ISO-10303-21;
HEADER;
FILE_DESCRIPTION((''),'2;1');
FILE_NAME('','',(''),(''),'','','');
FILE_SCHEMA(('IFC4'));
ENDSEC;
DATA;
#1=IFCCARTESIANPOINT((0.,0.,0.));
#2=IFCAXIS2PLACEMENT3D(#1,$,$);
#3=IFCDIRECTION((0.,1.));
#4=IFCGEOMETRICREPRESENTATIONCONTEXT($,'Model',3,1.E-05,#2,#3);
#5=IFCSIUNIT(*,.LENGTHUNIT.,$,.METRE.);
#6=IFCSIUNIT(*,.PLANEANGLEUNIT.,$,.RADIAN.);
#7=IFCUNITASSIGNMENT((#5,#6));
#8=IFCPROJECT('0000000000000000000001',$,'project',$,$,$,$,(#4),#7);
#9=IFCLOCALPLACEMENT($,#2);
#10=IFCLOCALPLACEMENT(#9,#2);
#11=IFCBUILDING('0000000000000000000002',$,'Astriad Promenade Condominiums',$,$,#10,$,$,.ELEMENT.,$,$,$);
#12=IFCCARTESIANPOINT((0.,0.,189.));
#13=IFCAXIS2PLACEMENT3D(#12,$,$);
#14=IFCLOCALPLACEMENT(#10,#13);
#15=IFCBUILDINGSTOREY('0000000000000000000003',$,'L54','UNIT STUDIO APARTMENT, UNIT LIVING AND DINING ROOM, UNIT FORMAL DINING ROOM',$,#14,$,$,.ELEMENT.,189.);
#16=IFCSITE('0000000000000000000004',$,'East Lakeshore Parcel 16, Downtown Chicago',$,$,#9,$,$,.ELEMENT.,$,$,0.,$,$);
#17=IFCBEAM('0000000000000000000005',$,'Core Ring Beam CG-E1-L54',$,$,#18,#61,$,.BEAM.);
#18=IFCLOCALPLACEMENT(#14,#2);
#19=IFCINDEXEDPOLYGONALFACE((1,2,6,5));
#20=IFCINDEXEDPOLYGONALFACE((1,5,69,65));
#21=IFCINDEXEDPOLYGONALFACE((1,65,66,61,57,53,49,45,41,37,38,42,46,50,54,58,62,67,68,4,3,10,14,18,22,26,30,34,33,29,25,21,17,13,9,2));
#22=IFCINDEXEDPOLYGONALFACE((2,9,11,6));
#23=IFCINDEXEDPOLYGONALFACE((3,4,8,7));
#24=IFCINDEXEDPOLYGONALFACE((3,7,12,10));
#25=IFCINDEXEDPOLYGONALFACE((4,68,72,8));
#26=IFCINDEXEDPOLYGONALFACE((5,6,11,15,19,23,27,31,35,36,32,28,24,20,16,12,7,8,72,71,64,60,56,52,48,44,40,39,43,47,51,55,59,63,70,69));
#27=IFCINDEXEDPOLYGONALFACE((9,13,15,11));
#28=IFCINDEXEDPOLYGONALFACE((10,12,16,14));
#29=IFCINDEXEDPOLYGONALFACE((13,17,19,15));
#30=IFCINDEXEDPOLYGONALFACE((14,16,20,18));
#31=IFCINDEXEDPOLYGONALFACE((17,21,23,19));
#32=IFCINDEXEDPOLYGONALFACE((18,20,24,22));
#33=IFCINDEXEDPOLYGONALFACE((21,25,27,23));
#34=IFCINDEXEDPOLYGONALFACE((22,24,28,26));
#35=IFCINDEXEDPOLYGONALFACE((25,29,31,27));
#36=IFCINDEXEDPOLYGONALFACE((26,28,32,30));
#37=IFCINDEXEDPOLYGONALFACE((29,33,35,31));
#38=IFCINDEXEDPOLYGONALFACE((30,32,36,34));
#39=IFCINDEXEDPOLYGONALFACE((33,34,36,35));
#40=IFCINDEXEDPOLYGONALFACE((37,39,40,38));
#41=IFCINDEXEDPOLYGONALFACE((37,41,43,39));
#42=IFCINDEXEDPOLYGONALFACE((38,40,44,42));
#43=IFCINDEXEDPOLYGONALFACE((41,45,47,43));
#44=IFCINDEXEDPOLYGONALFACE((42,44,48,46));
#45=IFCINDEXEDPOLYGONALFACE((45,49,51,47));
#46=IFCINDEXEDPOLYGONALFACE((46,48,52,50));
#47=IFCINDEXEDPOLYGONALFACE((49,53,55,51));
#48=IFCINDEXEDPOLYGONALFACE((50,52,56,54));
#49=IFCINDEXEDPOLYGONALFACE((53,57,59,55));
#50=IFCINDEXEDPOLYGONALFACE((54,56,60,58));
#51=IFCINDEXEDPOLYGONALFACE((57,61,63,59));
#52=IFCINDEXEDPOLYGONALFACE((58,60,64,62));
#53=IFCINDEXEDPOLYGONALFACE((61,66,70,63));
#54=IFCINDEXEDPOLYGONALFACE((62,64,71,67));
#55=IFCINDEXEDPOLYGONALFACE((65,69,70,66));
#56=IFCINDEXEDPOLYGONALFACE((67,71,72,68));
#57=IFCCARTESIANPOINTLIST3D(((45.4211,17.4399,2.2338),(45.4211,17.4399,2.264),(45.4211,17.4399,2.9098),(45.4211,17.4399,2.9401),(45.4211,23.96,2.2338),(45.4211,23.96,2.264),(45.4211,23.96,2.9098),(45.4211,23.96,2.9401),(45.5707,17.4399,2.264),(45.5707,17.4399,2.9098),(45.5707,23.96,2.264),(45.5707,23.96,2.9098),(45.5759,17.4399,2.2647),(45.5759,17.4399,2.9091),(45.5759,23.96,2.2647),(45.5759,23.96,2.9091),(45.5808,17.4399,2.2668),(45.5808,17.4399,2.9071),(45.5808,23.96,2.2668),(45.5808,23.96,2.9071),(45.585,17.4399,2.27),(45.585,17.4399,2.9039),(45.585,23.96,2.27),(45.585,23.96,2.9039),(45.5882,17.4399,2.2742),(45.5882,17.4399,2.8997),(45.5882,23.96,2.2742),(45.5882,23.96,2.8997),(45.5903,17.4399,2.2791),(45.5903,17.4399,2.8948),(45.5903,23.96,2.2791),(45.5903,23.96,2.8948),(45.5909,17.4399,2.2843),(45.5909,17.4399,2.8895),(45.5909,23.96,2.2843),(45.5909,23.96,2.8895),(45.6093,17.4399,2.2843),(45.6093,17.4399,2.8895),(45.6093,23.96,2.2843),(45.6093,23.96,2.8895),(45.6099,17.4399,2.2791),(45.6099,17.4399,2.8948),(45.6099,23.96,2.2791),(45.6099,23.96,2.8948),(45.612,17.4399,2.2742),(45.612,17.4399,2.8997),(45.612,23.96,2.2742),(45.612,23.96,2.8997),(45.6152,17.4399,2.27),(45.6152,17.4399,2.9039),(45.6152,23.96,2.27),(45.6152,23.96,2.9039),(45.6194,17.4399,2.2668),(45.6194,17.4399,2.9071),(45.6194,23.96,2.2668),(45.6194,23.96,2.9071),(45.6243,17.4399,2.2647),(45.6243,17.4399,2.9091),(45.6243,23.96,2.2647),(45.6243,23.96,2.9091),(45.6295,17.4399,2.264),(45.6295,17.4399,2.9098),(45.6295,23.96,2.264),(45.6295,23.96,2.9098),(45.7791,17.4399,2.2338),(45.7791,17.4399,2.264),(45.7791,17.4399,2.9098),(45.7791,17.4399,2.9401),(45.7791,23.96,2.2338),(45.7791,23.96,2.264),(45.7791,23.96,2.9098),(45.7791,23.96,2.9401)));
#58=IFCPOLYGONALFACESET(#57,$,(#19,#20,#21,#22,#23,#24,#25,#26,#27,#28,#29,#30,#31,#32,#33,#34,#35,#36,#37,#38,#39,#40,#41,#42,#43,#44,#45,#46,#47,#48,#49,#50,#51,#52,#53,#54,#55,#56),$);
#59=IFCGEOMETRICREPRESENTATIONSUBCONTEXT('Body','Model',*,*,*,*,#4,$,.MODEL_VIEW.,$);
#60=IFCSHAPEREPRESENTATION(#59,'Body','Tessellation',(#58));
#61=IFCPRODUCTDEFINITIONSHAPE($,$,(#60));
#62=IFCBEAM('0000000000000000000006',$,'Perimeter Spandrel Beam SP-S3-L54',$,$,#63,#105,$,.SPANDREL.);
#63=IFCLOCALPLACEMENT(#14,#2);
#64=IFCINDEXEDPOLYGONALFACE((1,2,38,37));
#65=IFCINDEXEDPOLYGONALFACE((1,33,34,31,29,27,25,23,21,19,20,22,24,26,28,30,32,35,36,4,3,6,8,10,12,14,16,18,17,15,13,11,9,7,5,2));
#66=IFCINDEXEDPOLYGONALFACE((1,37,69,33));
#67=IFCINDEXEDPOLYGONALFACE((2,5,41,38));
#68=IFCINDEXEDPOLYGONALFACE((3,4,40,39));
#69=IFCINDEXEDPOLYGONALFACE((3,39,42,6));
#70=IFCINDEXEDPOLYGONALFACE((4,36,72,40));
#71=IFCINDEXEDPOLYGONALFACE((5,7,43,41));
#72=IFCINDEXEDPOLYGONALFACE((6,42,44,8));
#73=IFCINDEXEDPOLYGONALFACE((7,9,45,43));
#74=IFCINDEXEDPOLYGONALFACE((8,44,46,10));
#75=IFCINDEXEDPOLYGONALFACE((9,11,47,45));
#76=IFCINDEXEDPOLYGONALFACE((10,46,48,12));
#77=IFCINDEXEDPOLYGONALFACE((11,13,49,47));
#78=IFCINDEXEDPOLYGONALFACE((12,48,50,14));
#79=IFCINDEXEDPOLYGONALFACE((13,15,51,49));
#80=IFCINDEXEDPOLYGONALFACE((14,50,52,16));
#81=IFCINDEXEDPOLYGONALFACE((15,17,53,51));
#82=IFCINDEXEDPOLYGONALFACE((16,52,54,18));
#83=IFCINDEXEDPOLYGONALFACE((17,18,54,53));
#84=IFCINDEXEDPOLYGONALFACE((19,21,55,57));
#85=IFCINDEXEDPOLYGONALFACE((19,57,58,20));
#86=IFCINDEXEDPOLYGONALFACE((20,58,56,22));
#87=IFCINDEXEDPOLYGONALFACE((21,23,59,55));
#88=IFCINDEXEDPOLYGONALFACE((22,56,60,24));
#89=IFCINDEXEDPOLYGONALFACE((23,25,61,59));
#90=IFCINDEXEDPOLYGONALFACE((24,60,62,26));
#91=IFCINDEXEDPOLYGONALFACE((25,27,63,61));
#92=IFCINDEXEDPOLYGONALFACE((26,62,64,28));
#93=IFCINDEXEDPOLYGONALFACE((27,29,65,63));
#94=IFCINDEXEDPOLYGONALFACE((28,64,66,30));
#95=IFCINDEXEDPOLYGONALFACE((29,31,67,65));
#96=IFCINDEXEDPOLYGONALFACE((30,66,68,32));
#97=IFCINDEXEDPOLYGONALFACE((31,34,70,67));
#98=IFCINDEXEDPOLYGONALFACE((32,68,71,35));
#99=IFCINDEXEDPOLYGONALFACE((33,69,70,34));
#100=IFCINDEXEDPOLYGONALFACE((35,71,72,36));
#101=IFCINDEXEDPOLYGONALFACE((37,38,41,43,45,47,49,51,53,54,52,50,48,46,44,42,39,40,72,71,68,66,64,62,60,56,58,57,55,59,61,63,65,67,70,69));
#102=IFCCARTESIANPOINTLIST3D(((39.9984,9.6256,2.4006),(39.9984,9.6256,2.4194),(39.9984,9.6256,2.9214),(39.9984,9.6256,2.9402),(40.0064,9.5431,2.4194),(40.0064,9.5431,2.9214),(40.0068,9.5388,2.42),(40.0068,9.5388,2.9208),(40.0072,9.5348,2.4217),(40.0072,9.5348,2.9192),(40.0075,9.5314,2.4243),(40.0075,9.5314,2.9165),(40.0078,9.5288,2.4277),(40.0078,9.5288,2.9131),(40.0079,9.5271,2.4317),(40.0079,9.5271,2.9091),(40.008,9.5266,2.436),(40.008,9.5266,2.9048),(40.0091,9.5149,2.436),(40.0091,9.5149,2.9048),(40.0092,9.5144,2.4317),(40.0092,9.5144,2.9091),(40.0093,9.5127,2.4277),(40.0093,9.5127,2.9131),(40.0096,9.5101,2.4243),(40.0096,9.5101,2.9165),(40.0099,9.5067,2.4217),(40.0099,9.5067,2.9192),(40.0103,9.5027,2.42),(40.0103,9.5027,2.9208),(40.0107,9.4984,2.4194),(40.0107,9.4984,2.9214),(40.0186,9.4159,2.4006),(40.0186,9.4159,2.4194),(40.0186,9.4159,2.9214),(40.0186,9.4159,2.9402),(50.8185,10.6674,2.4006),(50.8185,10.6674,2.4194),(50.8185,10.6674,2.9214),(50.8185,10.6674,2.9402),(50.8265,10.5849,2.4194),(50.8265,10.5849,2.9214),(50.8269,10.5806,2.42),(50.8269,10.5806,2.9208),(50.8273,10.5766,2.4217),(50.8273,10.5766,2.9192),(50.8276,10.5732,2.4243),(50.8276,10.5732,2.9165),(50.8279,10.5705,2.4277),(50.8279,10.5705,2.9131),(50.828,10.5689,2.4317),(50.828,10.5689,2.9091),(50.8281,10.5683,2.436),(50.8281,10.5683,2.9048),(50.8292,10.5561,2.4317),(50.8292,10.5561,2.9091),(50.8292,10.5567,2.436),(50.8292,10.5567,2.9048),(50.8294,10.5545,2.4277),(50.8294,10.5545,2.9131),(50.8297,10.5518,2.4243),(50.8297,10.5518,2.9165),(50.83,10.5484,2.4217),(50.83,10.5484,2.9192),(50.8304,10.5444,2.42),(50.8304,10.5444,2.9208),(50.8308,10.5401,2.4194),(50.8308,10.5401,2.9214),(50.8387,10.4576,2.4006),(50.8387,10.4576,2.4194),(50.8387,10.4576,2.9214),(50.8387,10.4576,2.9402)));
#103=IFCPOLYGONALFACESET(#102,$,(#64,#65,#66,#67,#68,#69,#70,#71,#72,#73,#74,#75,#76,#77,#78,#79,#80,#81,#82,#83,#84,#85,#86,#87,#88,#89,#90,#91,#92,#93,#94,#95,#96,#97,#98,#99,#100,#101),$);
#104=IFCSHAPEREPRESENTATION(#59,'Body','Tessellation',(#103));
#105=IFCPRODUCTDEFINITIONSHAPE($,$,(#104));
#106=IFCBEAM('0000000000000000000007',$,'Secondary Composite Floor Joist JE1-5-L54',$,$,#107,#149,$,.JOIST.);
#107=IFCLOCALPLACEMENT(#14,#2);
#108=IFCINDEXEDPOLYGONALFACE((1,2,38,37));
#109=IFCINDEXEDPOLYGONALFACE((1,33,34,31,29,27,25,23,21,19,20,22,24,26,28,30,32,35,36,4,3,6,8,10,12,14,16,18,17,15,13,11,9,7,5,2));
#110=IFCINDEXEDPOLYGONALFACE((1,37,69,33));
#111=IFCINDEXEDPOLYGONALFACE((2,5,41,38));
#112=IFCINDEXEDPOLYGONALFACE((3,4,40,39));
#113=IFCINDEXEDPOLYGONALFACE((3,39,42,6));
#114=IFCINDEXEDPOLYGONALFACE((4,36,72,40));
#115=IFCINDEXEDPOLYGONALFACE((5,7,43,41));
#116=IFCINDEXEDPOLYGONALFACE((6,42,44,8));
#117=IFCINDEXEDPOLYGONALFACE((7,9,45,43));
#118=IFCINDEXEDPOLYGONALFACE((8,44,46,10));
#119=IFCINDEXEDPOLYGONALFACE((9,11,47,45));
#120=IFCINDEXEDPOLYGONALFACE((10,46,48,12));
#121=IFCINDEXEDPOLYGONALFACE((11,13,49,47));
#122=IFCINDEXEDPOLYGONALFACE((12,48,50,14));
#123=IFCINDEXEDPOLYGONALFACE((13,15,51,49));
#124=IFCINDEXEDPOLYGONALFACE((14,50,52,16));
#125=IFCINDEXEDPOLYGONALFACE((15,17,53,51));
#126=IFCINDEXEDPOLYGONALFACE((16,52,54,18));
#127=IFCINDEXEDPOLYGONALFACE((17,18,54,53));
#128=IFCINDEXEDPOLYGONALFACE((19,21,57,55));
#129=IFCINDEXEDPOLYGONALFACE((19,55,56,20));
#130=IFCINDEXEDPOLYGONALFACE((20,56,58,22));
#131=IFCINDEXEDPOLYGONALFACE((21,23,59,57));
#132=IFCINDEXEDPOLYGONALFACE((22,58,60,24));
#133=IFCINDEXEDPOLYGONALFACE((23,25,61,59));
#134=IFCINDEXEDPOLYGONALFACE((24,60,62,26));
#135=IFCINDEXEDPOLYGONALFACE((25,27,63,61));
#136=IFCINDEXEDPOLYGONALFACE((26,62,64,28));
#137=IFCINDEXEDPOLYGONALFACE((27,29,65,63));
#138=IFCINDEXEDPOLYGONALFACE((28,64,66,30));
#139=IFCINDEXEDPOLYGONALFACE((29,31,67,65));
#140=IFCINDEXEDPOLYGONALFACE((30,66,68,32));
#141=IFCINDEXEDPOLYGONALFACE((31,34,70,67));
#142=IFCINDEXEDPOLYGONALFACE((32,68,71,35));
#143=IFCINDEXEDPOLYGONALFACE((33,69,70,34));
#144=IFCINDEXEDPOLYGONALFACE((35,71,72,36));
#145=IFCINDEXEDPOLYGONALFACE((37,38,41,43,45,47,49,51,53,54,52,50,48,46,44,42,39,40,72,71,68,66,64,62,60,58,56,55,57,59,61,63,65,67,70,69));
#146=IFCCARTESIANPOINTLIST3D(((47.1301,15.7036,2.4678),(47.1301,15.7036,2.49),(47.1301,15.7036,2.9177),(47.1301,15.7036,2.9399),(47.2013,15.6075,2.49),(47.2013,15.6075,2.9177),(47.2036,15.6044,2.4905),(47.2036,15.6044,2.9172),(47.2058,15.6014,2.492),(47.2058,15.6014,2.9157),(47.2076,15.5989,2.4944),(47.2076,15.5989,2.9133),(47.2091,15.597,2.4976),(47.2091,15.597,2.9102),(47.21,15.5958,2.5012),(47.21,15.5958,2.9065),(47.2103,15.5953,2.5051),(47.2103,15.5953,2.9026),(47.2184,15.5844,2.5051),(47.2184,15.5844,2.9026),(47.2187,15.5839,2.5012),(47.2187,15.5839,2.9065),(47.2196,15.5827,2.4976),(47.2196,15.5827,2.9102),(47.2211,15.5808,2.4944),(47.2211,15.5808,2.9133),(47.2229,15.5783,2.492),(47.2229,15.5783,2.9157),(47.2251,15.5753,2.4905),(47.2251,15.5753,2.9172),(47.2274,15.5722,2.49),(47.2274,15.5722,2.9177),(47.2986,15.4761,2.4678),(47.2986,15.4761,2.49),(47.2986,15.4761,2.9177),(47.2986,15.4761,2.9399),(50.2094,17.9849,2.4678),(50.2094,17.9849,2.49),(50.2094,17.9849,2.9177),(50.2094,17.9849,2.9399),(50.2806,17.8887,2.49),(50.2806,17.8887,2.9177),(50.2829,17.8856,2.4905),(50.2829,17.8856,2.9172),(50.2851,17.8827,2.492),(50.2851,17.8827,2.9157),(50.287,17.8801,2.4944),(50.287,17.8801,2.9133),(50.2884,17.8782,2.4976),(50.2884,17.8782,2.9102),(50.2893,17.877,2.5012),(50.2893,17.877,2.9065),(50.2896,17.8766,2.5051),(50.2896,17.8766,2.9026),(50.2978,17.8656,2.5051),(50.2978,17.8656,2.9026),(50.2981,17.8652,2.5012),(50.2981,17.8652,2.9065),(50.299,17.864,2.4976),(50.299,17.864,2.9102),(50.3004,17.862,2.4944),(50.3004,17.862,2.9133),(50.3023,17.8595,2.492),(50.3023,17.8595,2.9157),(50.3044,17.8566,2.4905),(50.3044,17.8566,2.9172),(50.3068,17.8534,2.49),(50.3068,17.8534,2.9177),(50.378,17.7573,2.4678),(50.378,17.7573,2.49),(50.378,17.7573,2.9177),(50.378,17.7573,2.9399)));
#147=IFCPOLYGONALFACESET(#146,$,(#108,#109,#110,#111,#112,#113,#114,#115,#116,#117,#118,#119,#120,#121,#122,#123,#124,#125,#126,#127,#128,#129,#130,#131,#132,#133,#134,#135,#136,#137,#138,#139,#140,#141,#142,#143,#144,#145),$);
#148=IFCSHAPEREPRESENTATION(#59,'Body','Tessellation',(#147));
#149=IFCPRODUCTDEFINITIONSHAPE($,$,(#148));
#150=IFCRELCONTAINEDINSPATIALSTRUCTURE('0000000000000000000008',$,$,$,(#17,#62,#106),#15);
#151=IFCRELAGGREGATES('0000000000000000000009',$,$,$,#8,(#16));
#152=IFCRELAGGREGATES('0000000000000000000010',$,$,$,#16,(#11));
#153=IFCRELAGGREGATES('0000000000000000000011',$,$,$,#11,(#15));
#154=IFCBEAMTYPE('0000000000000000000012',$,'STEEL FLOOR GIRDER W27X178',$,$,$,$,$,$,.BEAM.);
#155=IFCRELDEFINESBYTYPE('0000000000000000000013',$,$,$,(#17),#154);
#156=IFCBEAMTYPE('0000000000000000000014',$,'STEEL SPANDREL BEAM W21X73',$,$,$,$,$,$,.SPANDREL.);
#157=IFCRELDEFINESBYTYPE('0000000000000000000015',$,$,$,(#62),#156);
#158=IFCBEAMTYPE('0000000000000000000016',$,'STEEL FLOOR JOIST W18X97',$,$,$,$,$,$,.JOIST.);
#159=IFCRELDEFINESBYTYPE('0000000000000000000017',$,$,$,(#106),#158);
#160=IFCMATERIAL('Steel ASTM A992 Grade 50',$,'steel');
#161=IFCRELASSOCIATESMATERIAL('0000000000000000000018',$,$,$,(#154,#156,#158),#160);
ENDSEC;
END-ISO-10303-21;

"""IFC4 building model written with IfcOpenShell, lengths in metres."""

from ifc_helpers import new_model, si_unit, direction, frame, origin, origin_2d, place, context, subcontext, project, spatial, i_section, extrude, source, transform, mapped, material, material_profile, profile_set, type_object, type_shapes, element, save


model = new_model("IFC4")

# Units and contexts
model_context = context("Model", 3, precision=1e-05, world=origin(), true_north=direction((0.0, 1.0)))
body_context = subcontext(model_context, "Body", "Model", "MODEL_VIEW")
ifc_project = project(units=[si_unit("LENGTHUNIT", "METRE"), si_unit("PLANEANGLEUNIT", "RADIAN")], contexts=[model_context])

# Site, building, storey
site_placement = place(None, origin())
site = spatial("IfcSite", under=ifc_project, at=site_placement, Name="East Lakeshore Parcel 16, Downtown Chicago", CompositionType="ELEMENT", RefElevation=0.0)
building_placement = place(site_placement, origin())
building = spatial("IfcBuilding", under=site, at=building_placement, Name="Astriad Promenade Condominiums", CompositionType="ELEMENT")
storey_placement = place(building_placement, frame((0.0, 0.0, 189.0)))
storey = spatial("IfcBuildingStorey", under=building, at=storey_placement, Name="L54", Description="UNIT STUDIO APARTMENT, UNIT LIVING AND DINING ROOM, UNIT FORMAL DINING ROOM", CompositionType="ELEMENT", Elevation=189.0)

# Shared definitions
ifc_material_1 = material(Name="Steel ASTM A992 Grade 50", Category="steel")

# Beams
ifc_material_profile_1 = material_profile(ifc_material_1, i_section(OverallWidth=0.3579, OverallDepth=0.7063, WebThickness=0.0183, FlangeThickness=0.0303, FilletRadius=0.0203, at=origin_2d()), Name="W27X178")
ifc_profile_set_1 = profile_set([ifc_material_profile_1], Name="Steel ASTM A992 Grade 50")
beam_type_1 = type_object("IfcBeamType", Name="STEEL FLOOR GIRDER W27X178", PredefinedType="BEAM", material=ifc_profile_set_1)
shared_shape_1 = source(origin(), body_context, "Body", "SweptSolid", [
    extrude(i_section(OverallWidth=0.3579, OverallDepth=0.7063, WebThickness=0.0183, FlangeThickness=0.0303, FilletRadius=0.0203, at=origin_2d()), origin(), (0.0, 0.0, 1.0), 6.52),
])
type_shapes(beam_type_1, [shared_shape_1])
beam_1_placement = place(storey_placement, frame((45.6001, 17.4399, 2.5869), z_axis=(0.0, 1.0, 0.0), x_axis=(-1.0, 0.0, 0.0)))
element("IfcBeam", 1, at=beam_1_placement, inside=storey, type_object=beam_type_1, Name="Core Ring Beam CG-E1-L54", PredefinedType="BEAM", context=body_context, shape_type="MappedRepresentation", body=[
    mapped(shared_shape_1, transform((0.0, 0.0, 0.0), scale=1.0)),
])
ifc_material_profile_2 = material_profile(ifc_material_1, i_section(OverallWidth=0.2107, OverallDepth=0.5396, WebThickness=0.0117, FlangeThickness=0.0188, FilletRadius=0.0166, at=origin_2d()), Name="W21X73")
ifc_profile_set_2 = profile_set([ifc_material_profile_2], Name="Steel ASTM A992 Grade 50")
beam_type_2 = type_object("IfcBeamType", Name="STEEL SPANDREL BEAM W21X73", PredefinedType="SPANDREL", material=ifc_profile_set_2)
shared_shape_2 = source(origin(), body_context, "Body", "SweptSolid", [
    extrude(i_section(OverallWidth=0.2107, OverallDepth=0.5396, WebThickness=0.0117, FlangeThickness=0.0188, FilletRadius=0.0166, at=origin_2d()), origin(), (0.0, 0.0, 1.0), 10.8701),
])
type_shapes(beam_type_2, [shared_shape_2])
beam_2_placement = place(storey_placement, frame((40.0085, 9.5208, 2.6704), z_axis=(0.995397, 0.095836, 0.0), x_axis=(-0.095836, 0.995397, 0.0)))
element("IfcBeam", 2, at=beam_2_placement, inside=storey, type_object=beam_type_2, Name="Perimeter Spandrel Beam SP-S3-L54", PredefinedType="SPANDREL", context=body_context, shape_type="MappedRepresentation", body=[
    mapped(shared_shape_2, transform((0.0, 0.0, 0.0), scale=1.0)),
])
ifc_material_profile_3 = material_profile(ifc_material_1, i_section(OverallWidth=0.2832, OverallDepth=0.4722, WebThickness=0.0137, FlangeThickness=0.0222, FilletRadius=0.0151, at=origin_2d()), Name="W18X97")
ifc_profile_set_3 = profile_set([ifc_material_profile_3], Name="Steel ASTM A992 Grade 50")
beam_type_3 = type_object("IfcBeamType", Name="STEEL FLOOR JOIST W18X97", PredefinedType="JOIST", material=ifc_profile_set_3)
shared_shape_3 = source(origin(), body_context, "Body", "SweptSolid", [
    extrude(i_section(OverallWidth=0.2832, OverallDepth=0.4722, WebThickness=0.0137, FlangeThickness=0.0222, FilletRadius=0.0151, at=origin_2d()), origin(), (0.0, 0.0, 1.0), 3.8323),
])
beam_3_placement = place(storey_placement, frame((47.2144, 15.5898, 2.7039), z_axis=(0.803526, 0.59527, 0.0), x_axis=(-0.59527, 0.803526, 0.0)))
element("IfcBeam", 3, at=beam_3_placement, inside=storey, type_object=beam_type_3, Name="Secondary Composite Floor Joist JE1-5-L54", PredefinedType="JOIST", context=body_context, shape_type="MappedRepresentation", body=[
    mapped(shared_shape_3, transform((0.0, 0.0, 0.0), scale=1.0)),
])

save(model, "model.ifc")
